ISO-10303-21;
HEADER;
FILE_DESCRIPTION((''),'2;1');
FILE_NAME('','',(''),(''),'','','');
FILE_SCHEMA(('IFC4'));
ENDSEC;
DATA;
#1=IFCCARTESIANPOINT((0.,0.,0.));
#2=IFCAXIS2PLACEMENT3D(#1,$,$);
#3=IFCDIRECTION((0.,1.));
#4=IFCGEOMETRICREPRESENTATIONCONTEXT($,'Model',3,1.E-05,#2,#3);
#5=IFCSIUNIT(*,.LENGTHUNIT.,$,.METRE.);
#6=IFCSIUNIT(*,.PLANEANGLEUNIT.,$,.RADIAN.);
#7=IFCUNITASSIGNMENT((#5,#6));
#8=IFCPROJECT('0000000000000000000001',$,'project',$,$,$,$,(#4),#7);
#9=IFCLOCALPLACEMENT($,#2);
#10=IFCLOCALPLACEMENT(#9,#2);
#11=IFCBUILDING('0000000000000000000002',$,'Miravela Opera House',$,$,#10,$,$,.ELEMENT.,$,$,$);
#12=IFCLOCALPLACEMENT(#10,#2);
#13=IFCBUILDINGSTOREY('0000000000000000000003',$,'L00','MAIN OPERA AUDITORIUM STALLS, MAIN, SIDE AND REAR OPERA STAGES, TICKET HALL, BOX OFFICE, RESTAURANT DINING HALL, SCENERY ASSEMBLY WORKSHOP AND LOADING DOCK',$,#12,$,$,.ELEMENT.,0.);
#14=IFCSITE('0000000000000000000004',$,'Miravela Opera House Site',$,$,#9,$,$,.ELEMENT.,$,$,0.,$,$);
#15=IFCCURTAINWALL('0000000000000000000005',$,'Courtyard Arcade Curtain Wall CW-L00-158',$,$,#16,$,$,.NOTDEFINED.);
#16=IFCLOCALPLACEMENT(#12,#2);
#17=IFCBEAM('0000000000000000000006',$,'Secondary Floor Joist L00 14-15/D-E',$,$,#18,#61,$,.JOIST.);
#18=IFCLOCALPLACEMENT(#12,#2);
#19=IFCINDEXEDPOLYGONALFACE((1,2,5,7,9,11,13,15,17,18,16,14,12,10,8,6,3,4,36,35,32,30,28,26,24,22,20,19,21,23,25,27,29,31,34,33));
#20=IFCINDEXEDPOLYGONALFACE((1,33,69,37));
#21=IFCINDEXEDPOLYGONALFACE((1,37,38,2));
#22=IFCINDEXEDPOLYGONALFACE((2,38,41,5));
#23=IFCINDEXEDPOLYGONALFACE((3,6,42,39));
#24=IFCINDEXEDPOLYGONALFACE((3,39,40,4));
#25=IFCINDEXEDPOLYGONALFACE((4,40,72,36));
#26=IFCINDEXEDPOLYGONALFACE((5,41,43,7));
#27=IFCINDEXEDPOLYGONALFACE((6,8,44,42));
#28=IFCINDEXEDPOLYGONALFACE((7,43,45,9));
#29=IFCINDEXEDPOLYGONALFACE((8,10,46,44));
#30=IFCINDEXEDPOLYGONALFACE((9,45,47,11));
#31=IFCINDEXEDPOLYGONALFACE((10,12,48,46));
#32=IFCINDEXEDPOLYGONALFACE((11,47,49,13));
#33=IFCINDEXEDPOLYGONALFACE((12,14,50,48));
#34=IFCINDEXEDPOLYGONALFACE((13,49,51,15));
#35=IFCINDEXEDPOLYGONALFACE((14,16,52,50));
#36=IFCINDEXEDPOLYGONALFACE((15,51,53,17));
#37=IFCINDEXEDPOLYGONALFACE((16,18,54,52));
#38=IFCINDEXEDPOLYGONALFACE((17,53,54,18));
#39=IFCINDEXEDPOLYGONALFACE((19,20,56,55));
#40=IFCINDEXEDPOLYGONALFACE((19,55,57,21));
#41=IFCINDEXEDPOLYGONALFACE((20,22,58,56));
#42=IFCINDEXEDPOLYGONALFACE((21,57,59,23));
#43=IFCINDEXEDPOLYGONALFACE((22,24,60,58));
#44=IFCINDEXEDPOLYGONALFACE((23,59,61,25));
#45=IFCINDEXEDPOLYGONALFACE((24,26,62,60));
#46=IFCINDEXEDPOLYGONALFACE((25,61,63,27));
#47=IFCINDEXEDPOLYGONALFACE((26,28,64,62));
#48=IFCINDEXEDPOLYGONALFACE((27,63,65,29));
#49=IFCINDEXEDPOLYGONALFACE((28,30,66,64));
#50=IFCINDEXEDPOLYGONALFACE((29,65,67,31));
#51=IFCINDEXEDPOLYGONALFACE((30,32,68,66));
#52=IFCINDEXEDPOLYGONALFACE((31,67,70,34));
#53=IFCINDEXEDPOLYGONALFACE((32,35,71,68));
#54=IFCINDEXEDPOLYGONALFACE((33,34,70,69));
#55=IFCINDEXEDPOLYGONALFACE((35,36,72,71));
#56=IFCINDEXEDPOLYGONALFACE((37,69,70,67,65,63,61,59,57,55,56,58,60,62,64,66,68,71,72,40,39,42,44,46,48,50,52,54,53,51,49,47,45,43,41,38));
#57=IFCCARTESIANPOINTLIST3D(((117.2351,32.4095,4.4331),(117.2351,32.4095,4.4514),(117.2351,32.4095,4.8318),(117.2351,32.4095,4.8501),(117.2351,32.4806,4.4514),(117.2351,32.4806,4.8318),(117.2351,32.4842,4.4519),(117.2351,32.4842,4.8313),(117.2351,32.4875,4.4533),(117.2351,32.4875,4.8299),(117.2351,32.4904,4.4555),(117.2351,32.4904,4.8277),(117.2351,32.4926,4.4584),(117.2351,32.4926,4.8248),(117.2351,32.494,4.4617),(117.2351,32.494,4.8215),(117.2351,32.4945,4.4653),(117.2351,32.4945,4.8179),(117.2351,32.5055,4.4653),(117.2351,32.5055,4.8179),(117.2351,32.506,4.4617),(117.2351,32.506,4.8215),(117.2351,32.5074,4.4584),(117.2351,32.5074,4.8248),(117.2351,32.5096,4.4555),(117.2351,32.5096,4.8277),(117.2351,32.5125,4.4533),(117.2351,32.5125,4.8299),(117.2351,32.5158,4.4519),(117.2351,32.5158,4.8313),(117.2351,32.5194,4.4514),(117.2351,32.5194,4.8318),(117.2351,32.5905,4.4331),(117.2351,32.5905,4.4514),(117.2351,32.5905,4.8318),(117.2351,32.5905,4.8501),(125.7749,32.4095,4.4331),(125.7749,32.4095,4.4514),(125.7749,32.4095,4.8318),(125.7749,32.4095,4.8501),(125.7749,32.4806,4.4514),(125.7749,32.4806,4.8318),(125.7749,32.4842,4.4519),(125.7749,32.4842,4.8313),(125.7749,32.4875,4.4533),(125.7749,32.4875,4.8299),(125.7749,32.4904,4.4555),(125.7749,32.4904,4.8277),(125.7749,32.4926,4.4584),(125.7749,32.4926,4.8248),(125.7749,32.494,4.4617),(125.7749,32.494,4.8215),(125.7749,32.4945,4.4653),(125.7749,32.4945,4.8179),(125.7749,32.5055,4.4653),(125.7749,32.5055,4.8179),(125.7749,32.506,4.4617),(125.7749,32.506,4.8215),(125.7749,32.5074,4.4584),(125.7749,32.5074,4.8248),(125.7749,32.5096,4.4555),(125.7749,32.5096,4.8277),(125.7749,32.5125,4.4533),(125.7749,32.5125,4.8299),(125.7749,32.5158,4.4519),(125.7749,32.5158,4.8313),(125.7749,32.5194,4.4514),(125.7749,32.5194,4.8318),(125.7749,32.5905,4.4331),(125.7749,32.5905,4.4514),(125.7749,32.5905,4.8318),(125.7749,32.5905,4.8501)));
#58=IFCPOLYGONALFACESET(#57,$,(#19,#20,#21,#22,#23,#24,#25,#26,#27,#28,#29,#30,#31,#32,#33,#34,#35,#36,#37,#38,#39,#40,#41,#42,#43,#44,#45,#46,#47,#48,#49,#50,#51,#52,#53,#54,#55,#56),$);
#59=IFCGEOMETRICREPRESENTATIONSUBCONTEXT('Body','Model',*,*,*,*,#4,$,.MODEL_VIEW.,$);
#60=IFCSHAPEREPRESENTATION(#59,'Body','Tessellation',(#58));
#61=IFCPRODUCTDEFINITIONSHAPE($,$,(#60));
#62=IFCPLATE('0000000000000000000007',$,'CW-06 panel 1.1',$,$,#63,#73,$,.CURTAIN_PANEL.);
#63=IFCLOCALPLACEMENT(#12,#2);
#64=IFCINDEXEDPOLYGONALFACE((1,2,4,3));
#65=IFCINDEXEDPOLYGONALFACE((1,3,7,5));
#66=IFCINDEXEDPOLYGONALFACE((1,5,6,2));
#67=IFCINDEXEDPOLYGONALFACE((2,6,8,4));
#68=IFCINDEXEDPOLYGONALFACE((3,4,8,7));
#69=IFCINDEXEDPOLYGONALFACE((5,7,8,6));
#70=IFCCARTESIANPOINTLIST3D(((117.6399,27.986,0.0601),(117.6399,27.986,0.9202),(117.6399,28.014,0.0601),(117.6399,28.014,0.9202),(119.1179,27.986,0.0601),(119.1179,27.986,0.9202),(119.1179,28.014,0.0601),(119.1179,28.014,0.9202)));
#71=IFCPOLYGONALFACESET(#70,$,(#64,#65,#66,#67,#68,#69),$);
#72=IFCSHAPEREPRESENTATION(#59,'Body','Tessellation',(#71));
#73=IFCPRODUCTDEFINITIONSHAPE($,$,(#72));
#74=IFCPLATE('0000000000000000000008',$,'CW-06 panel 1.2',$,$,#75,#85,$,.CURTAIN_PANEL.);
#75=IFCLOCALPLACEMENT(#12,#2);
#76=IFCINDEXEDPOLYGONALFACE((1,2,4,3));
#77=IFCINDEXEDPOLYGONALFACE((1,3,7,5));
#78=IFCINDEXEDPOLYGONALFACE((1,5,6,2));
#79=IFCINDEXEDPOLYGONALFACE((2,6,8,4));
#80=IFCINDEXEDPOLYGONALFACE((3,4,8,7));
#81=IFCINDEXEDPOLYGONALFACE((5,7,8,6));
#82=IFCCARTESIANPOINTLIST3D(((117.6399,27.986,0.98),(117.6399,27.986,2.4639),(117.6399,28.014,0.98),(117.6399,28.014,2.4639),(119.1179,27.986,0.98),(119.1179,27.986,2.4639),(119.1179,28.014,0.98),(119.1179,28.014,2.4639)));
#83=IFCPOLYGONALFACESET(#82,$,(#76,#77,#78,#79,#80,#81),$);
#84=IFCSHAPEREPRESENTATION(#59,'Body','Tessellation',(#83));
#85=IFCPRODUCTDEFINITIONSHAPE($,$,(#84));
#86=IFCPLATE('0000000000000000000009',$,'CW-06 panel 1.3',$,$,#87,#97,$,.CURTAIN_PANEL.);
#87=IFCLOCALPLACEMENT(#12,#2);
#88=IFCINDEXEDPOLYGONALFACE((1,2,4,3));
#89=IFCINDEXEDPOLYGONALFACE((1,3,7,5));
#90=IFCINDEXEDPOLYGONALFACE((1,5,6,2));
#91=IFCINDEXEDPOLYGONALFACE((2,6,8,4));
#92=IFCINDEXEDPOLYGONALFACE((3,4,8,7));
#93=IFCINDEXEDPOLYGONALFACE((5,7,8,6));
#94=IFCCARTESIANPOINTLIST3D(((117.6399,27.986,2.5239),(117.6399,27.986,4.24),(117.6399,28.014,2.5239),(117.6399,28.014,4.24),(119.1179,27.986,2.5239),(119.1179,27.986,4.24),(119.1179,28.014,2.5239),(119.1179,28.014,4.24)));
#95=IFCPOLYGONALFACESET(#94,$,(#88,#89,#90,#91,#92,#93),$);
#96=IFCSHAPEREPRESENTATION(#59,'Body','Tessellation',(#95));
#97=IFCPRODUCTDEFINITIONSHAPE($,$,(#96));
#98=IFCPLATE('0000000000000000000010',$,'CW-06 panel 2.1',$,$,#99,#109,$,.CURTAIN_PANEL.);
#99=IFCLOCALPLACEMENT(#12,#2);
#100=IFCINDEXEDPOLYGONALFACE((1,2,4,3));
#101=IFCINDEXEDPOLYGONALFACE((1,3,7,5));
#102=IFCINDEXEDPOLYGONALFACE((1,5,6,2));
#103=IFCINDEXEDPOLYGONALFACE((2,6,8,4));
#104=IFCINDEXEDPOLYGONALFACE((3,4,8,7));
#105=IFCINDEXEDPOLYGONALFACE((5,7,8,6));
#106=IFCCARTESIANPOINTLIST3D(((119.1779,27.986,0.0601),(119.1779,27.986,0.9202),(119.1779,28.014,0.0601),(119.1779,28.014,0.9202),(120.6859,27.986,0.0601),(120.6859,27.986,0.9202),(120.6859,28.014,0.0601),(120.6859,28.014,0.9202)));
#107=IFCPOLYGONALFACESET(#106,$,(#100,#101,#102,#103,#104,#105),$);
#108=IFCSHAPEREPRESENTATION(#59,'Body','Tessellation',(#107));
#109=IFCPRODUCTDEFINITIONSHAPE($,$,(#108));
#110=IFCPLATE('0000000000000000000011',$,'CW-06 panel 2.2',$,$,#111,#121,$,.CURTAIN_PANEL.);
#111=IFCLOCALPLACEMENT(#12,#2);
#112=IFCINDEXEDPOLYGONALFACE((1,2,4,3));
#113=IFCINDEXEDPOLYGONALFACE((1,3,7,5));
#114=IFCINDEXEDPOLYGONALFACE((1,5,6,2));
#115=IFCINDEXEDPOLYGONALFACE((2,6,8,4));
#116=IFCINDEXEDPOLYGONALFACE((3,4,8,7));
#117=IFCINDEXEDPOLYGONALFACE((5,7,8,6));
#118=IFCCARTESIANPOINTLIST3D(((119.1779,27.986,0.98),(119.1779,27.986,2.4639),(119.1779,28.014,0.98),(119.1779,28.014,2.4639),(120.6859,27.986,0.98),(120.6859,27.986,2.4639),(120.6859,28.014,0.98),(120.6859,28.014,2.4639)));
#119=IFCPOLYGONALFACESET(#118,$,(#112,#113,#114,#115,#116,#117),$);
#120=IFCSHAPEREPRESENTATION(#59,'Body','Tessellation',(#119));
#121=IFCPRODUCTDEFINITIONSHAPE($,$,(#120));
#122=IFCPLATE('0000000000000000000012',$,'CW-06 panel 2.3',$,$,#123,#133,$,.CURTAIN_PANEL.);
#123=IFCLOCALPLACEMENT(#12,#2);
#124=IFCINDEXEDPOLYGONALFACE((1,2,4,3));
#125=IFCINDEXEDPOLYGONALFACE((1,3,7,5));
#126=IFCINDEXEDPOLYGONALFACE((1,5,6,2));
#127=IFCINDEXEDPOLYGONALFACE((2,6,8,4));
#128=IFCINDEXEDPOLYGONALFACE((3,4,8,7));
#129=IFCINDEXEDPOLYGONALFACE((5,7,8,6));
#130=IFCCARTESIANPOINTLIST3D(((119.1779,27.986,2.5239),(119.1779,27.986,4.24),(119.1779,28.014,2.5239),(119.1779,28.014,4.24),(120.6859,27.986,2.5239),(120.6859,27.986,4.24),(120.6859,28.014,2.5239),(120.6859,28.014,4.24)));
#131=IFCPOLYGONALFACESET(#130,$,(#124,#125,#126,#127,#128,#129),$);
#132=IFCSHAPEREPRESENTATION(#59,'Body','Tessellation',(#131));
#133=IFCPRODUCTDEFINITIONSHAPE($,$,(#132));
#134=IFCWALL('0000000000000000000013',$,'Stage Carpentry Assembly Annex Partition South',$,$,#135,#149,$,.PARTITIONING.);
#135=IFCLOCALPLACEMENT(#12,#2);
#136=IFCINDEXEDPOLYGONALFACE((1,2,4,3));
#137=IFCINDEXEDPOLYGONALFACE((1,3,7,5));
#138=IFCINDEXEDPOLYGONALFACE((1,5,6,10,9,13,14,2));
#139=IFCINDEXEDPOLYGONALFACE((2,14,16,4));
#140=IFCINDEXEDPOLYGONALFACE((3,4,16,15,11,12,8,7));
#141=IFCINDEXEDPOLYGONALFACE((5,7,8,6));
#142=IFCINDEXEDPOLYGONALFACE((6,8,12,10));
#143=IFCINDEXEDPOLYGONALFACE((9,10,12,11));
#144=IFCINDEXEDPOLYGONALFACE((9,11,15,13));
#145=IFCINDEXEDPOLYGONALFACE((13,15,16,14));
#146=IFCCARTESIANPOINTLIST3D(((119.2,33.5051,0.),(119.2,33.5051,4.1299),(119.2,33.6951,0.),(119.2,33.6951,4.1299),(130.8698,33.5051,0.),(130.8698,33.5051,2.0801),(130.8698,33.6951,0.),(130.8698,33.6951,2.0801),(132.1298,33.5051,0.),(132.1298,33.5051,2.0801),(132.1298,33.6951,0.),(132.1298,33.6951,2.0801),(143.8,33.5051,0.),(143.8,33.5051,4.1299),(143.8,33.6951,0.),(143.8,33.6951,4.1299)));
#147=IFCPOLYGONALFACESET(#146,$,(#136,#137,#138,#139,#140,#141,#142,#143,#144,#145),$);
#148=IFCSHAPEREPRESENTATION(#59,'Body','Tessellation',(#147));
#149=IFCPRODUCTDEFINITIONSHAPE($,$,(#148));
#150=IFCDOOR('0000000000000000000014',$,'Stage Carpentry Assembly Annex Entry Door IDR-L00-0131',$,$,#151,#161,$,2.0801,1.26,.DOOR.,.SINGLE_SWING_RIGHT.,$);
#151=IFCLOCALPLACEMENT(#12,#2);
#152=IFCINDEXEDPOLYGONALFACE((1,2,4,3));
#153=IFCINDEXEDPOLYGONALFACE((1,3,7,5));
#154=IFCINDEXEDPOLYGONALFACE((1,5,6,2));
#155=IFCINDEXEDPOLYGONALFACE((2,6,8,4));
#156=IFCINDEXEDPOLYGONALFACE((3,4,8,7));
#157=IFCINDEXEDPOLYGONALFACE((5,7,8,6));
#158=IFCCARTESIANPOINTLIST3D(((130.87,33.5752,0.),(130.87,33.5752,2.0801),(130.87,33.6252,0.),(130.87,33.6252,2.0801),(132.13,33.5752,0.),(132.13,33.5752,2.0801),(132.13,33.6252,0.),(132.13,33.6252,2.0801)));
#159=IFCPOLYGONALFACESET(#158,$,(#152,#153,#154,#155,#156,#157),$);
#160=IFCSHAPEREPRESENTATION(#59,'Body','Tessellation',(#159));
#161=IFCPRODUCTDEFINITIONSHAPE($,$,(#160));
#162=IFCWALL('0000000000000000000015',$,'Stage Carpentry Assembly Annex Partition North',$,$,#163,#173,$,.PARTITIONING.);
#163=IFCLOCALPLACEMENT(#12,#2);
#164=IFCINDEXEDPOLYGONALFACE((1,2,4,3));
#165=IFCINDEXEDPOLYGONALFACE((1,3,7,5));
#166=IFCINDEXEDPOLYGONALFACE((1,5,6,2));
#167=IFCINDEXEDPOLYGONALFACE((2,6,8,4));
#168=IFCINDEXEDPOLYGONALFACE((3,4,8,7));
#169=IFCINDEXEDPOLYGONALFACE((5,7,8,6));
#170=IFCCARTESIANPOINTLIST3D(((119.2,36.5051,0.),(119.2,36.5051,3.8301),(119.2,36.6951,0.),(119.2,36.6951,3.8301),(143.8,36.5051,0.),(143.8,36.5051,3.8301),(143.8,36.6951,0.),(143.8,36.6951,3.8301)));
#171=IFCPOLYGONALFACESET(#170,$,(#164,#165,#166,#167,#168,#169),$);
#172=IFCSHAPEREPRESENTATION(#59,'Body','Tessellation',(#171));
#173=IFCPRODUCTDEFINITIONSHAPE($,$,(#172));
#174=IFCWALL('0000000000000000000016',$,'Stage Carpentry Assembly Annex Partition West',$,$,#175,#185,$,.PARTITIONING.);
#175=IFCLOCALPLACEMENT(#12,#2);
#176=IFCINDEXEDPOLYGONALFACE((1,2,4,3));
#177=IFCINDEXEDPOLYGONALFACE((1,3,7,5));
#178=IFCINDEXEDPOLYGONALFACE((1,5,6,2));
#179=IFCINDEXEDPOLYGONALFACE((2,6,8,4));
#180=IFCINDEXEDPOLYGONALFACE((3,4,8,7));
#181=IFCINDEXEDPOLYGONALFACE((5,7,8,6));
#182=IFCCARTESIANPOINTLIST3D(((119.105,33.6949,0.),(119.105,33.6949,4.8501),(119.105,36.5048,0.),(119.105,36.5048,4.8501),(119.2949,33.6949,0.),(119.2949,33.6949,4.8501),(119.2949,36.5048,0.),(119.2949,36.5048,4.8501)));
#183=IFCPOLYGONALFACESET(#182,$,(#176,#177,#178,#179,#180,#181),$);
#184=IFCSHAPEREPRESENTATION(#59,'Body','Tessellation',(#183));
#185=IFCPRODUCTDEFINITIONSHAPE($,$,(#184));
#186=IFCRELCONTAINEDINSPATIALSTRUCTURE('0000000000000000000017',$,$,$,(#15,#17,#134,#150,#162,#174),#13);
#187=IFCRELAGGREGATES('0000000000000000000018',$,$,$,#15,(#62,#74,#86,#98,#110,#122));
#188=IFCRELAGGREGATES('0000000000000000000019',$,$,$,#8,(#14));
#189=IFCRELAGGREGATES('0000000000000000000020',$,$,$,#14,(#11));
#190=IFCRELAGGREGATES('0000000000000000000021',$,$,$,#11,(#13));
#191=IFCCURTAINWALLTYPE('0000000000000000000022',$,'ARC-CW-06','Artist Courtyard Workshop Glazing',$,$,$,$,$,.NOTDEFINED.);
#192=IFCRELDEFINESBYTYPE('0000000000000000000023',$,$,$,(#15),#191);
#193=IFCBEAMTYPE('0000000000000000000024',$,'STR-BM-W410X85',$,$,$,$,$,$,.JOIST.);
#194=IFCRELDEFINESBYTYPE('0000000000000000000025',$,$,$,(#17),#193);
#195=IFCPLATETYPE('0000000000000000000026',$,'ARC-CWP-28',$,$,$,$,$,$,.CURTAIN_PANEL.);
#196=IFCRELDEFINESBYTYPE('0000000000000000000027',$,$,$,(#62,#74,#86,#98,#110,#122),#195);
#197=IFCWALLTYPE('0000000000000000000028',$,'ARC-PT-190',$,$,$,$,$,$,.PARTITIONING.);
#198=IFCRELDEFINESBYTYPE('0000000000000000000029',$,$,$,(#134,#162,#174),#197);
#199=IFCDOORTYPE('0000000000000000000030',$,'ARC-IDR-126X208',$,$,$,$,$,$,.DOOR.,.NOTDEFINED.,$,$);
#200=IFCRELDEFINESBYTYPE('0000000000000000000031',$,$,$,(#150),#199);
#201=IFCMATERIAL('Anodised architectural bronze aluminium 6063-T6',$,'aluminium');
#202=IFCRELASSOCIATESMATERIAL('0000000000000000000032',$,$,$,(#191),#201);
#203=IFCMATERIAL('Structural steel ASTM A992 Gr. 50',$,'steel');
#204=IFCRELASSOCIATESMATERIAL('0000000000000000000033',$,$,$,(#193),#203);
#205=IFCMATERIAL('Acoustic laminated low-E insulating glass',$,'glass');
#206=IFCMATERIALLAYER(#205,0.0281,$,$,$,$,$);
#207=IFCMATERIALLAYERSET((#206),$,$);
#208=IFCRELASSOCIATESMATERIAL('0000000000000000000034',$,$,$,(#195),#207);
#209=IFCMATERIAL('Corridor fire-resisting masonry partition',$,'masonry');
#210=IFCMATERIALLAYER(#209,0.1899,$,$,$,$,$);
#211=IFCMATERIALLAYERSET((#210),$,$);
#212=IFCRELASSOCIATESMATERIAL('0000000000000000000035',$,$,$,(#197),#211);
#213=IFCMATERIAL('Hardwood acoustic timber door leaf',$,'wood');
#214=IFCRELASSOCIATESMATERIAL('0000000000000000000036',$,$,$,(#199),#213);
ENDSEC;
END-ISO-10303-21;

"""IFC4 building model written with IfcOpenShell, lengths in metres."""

from ifc_helpers import new_model, si_unit, direction, frame, frame_2d, origin, origin_2d, place, context, subcontext, project, spatial, rectangle, i_section, extrude, material, layer, layer_set, material_profile, profile_set, type_object, element, fill, aggregate, save


model = new_model("IFC4")

# Units and contexts
model_context = context("Model", 3, precision=1e-05, world=origin(), true_north=direction((0.0, 1.0)))
body_context = subcontext(model_context, "Body", "Model", "MODEL_VIEW")
ifc_project = project(units=[si_unit("LENGTHUNIT", "METRE"), si_unit("PLANEANGLEUNIT", "RADIAN")], contexts=[model_context])

# Site, building, storey
site_placement = place(None, origin())
site = spatial("IfcSite", under=ifc_project, at=site_placement, Name="Miravela Opera House Site", CompositionType="ELEMENT", RefElevation=0.0)
building_placement = place(site_placement, origin())
building = spatial("IfcBuilding", under=site, at=building_placement, Name="Miravela Opera House", CompositionType="ELEMENT")
storey_placement = place(building_placement, origin())
storey = spatial("IfcBuildingStorey", under=building, at=storey_placement, Name="L00", Description="MAIN OPERA AUDITORIUM STALLS, MAIN, SIDE AND REAR OPERA STAGES, TICKET HALL, BOX OFFICE, RESTAURANT DINING HALL, SCENERY ASSEMBLY WORKSHOP AND LOADING DOCK", CompositionType="ELEMENT", Elevation=0.0)

# Curtain wall
ifc_material_1 = material(Name="Anodised architectural bronze aluminium 6063-T6", Category="aluminium")
curtain_wall_type = type_object("IfcCurtainWallType", Name="ARC-CW-06", Description="Artist Courtyard Workshop Glazing", PredefinedType="NOTDEFINED", material=ifc_material_1)
curtain_wall_placement = place(storey_placement, origin())
curtain_wall = element("IfcCurtainWall", 1, at=curtain_wall_placement, inside=storey, type_object=curtain_wall_type, Name="Courtyard Arcade Curtain Wall CW-L00-158", PredefinedType="NOTDEFINED")

# Beam
ifc_material_2 = material(Name="Structural steel ASTM A992 Gr. 50", Category="steel")
ifc_material_profile_1 = material_profile(ifc_material_2, i_section(OverallWidth=0.1809, OverallDepth=0.417, WebThickness=0.011, FlangeThickness=0.0183, FilletRadius=0.0139, at=origin_2d()), Name="W410X85")
ifc_profile_set_1 = profile_set([ifc_material_profile_1])
beam_type_1 = type_object("IfcBeamType", Name="STR-BM-W410X85", PredefinedType="JOIST", material=ifc_profile_set_1)
beam_1_placement = place(storey_placement, frame((117.2351, 32.5, 4.6416), z_axis=(1.0, 0.0, 0.0), x_axis=(0.0, 1.0, 0.0)))
element("IfcBeam", 2, at=beam_1_placement, inside=storey, type_object=beam_type_1, Name="Secondary Floor Joist L00 14-15/D-E", PredefinedType="JOIST", context=body_context, shape_type="SweptSolid", body=[
    extrude(i_section(OverallWidth=0.1809, OverallDepth=0.417, WebThickness=0.011, FlangeThickness=0.0183, FilletRadius=0.0139, at=origin_2d()), origin(), (0.0, 0.0, 1.0), 8.5398),
])

# Plates
ifc_material_3 = material(Name="Acoustic laminated low-E insulating glass", Category="glass")
ifc_layer_1 = layer(ifc_material_3, 0.0281)
ifc_layer_set_1 = layer_set([ifc_layer_1])
plate_type = type_object("IfcPlateType", Name="ARC-CWP-28", PredefinedType="CURTAIN_PANEL", material=ifc_layer_set_1)
plate_1_placement = place(storey_placement, frame((118.3789, 28.0, 0.0601), z_axis=(0.0, 0.0, 1.0), x_axis=(1.0, 0.0, 0.0)))
plate_1 = element("IfcPlate", 3, at=plate_1_placement, type_object=plate_type, Name="CW-06 panel 1.1", PredefinedType="CURTAIN_PANEL", context=body_context, shape_type="SweptSolid", body=[
    extrude(rectangle(XDim=1.478, YDim=0.0281, at=origin_2d()), origin(), (0.0, 0.0, 1.0), 0.8601),
])
plate_2_placement = place(storey_placement, frame((118.3789, 28.0, 0.98), z_axis=(0.0, 0.0, 1.0), x_axis=(1.0, 0.0, 0.0)))
plate_2 = element("IfcPlate", 4, at=plate_2_placement, type_object=plate_type, Name="CW-06 panel 1.2", PredefinedType="CURTAIN_PANEL", context=body_context, shape_type="SweptSolid", body=[
    extrude(rectangle(XDim=1.478, YDim=0.0281, at=origin_2d()), origin(), (0.0, 0.0, 1.0), 1.4839),
])
plate_3_placement = place(storey_placement, frame((118.3789, 28.0, 2.5239), z_axis=(0.0, 0.0, 1.0), x_axis=(1.0, 0.0, 0.0)))
plate_3 = element("IfcPlate", 5, at=plate_3_placement, type_object=plate_type, Name="CW-06 panel 1.3", PredefinedType="CURTAIN_PANEL", context=body_context, shape_type="SweptSolid", body=[
    extrude(rectangle(XDim=1.478, YDim=0.0281, at=origin_2d()), origin(), (0.0, 0.0, 1.0), 1.7161),
])
plate_4_placement = place(storey_placement, frame((119.9319, 28.0, 0.0601), z_axis=(0.0, 0.0, 1.0), x_axis=(1.0, 0.0, 0.0)))
plate_4 = element("IfcPlate", 6, at=plate_4_placement, type_object=plate_type, Name="CW-06 panel 2.1", PredefinedType="CURTAIN_PANEL", context=body_context, shape_type="SweptSolid", body=[
    extrude(rectangle(XDim=1.5081, YDim=0.0281, at=origin_2d()), origin(), (0.0, 0.0, 1.0), 0.8601),
])
plate_5_placement = place(storey_placement, frame((119.9319, 28.0, 0.98), z_axis=(0.0, 0.0, 1.0), x_axis=(1.0, 0.0, 0.0)))
plate_5 = element("IfcPlate", 7, at=plate_5_placement, type_object=plate_type, Name="CW-06 panel 2.2", PredefinedType="CURTAIN_PANEL", context=body_context, shape_type="SweptSolid", body=[
    extrude(rectangle(XDim=1.5081, YDim=0.0281, at=origin_2d()), origin(), (0.0, 0.0, 1.0), 1.4839),
])
plate_6_placement = place(storey_placement, frame((119.9319, 28.0, 2.5239), z_axis=(0.0, 0.0, 1.0), x_axis=(1.0, 0.0, 0.0)))
plate_6 = element("IfcPlate", 8, at=plate_6_placement, type_object=plate_type, Name="CW-06 panel 2.3", PredefinedType="CURTAIN_PANEL", context=body_context, shape_type="SweptSolid", body=[
    extrude(rectangle(XDim=1.5081, YDim=0.0281, at=origin_2d()), origin(), (0.0, 0.0, 1.0), 1.7161),
])
aggregate(curtain_wall, [plate_1, plate_2, plate_3, plate_4, plate_5, plate_6])

# Wall, opening, door
ifc_material_4 = material(Name="Corridor fire-resisting masonry partition", Category="masonry")
ifc_layer_2 = layer(ifc_material_4, 0.1899)
ifc_layer_set_2 = layer_set([ifc_layer_2])
wall_type_1 = type_object("IfcWallType", Name="ARC-PT-190", PredefinedType="PARTITIONING", material=ifc_layer_set_2)
wall_1_placement = place(storey_placement, frame((119.2, 33.6001, 0.0), z_axis=(0.0, 0.0, 1.0), x_axis=(1.0, 0.0, 0.0)))
wall_1 = element("IfcWall", 9, at=wall_1_placement, inside=storey, type_object=wall_type_1, Name="Stage Carpentry Assembly Annex Partition South", PredefinedType="PARTITIONING", context=body_context, shape_type="SweptSolid", body=[
    extrude(rectangle(XDim=24.6001, YDim=0.1899, at=frame_2d((12.3, 0.0))), origin(), (0.0, 0.0, 1.0), 4.1299),
])
opening_1_placement = place(wall_1_placement, frame((11.6699, 0.0, 0.0)))
opening_1 = element("IfcOpeningElement", 10, at=opening_1_placement, cuts=wall_1, PredefinedType="OPENING", context=body_context, shape_type="SweptSolid", body=[
    extrude(rectangle(XDim=1.26, YDim=2.0801, at=frame_2d((0.6299, 1.04))), frame((0.0, 0.105, 0.0), z_axis=(0.0, -1.0, 0.0), x_axis=(1.0, 0.0, 0.0)), (0.0, 0.0, 1.0), 0.21),
])
ifc_material_5 = material(Name="Hardwood acoustic timber door leaf", Category="wood")
door_type_1 = type_object("IfcDoorType", Name="ARC-IDR-126X208", OperationType="NOTDEFINED", PredefinedType="DOOR", material=ifc_material_5)
door_1_placement = place(opening_1_placement, frame((1.26, 0.0, 0.0), z_axis=(0.0, 0.0, 1.0), x_axis=(-1.0, 0.0, 0.0)))
door_1 = element("IfcDoor", 11, at=door_1_placement, inside=storey, type_object=door_type_1, Name="Stage Carpentry Assembly Annex Entry Door IDR-L00-0131", OperationType="SINGLE_SWING_RIGHT", OverallHeight=2.0801, OverallWidth=1.26, PredefinedType="DOOR", context=body_context, shape_type="SweptSolid", body=[
    extrude(rectangle(XDim=1.26, YDim=2.0801, at=frame_2d((0.6299, 1.04))), frame((0.0, 0.0249, 0.0), z_axis=(0.0, -1.0, 0.0), x_axis=(1.0, 0.0, 0.0)), (0.0, 0.0, 1.0), 0.05),
])
fill(opening_1, door_1)

# Walls
wall_2_placement = place(storey_placement, frame((119.2, 36.6001, 0.0), z_axis=(0.0, 0.0, 1.0), x_axis=(1.0, 0.0, 0.0)))
element("IfcWall", 12, at=wall_2_placement, inside=storey, type_object=wall_type_1, Name="Stage Carpentry Assembly Annex Partition North", PredefinedType="PARTITIONING", context=body_context, shape_type="SweptSolid", body=[
    extrude(rectangle(XDim=24.6001, YDim=0.1899, at=frame_2d((12.3, 0.0))), origin(), (0.0, 0.0, 1.0), 3.8301),
])
wall_3_placement = place(storey_placement, frame((119.2, 33.6951, 0.0), z_axis=(0.0, 0.0, 1.0), x_axis=(0.0, 1.0, 0.0)))
element("IfcWall", 13, at=wall_3_placement, inside=storey, type_object=wall_type_1, Name="Stage Carpentry Assembly Annex Partition West", PredefinedType="PARTITIONING", context=body_context, shape_type="SweptSolid", body=[
    extrude(rectangle(XDim=2.8098, YDim=0.1899, at=frame_2d((1.4048, 0.0))), origin(), (0.0, 0.0, 1.0), 4.8501),
])

save(model, "model.ifc")
